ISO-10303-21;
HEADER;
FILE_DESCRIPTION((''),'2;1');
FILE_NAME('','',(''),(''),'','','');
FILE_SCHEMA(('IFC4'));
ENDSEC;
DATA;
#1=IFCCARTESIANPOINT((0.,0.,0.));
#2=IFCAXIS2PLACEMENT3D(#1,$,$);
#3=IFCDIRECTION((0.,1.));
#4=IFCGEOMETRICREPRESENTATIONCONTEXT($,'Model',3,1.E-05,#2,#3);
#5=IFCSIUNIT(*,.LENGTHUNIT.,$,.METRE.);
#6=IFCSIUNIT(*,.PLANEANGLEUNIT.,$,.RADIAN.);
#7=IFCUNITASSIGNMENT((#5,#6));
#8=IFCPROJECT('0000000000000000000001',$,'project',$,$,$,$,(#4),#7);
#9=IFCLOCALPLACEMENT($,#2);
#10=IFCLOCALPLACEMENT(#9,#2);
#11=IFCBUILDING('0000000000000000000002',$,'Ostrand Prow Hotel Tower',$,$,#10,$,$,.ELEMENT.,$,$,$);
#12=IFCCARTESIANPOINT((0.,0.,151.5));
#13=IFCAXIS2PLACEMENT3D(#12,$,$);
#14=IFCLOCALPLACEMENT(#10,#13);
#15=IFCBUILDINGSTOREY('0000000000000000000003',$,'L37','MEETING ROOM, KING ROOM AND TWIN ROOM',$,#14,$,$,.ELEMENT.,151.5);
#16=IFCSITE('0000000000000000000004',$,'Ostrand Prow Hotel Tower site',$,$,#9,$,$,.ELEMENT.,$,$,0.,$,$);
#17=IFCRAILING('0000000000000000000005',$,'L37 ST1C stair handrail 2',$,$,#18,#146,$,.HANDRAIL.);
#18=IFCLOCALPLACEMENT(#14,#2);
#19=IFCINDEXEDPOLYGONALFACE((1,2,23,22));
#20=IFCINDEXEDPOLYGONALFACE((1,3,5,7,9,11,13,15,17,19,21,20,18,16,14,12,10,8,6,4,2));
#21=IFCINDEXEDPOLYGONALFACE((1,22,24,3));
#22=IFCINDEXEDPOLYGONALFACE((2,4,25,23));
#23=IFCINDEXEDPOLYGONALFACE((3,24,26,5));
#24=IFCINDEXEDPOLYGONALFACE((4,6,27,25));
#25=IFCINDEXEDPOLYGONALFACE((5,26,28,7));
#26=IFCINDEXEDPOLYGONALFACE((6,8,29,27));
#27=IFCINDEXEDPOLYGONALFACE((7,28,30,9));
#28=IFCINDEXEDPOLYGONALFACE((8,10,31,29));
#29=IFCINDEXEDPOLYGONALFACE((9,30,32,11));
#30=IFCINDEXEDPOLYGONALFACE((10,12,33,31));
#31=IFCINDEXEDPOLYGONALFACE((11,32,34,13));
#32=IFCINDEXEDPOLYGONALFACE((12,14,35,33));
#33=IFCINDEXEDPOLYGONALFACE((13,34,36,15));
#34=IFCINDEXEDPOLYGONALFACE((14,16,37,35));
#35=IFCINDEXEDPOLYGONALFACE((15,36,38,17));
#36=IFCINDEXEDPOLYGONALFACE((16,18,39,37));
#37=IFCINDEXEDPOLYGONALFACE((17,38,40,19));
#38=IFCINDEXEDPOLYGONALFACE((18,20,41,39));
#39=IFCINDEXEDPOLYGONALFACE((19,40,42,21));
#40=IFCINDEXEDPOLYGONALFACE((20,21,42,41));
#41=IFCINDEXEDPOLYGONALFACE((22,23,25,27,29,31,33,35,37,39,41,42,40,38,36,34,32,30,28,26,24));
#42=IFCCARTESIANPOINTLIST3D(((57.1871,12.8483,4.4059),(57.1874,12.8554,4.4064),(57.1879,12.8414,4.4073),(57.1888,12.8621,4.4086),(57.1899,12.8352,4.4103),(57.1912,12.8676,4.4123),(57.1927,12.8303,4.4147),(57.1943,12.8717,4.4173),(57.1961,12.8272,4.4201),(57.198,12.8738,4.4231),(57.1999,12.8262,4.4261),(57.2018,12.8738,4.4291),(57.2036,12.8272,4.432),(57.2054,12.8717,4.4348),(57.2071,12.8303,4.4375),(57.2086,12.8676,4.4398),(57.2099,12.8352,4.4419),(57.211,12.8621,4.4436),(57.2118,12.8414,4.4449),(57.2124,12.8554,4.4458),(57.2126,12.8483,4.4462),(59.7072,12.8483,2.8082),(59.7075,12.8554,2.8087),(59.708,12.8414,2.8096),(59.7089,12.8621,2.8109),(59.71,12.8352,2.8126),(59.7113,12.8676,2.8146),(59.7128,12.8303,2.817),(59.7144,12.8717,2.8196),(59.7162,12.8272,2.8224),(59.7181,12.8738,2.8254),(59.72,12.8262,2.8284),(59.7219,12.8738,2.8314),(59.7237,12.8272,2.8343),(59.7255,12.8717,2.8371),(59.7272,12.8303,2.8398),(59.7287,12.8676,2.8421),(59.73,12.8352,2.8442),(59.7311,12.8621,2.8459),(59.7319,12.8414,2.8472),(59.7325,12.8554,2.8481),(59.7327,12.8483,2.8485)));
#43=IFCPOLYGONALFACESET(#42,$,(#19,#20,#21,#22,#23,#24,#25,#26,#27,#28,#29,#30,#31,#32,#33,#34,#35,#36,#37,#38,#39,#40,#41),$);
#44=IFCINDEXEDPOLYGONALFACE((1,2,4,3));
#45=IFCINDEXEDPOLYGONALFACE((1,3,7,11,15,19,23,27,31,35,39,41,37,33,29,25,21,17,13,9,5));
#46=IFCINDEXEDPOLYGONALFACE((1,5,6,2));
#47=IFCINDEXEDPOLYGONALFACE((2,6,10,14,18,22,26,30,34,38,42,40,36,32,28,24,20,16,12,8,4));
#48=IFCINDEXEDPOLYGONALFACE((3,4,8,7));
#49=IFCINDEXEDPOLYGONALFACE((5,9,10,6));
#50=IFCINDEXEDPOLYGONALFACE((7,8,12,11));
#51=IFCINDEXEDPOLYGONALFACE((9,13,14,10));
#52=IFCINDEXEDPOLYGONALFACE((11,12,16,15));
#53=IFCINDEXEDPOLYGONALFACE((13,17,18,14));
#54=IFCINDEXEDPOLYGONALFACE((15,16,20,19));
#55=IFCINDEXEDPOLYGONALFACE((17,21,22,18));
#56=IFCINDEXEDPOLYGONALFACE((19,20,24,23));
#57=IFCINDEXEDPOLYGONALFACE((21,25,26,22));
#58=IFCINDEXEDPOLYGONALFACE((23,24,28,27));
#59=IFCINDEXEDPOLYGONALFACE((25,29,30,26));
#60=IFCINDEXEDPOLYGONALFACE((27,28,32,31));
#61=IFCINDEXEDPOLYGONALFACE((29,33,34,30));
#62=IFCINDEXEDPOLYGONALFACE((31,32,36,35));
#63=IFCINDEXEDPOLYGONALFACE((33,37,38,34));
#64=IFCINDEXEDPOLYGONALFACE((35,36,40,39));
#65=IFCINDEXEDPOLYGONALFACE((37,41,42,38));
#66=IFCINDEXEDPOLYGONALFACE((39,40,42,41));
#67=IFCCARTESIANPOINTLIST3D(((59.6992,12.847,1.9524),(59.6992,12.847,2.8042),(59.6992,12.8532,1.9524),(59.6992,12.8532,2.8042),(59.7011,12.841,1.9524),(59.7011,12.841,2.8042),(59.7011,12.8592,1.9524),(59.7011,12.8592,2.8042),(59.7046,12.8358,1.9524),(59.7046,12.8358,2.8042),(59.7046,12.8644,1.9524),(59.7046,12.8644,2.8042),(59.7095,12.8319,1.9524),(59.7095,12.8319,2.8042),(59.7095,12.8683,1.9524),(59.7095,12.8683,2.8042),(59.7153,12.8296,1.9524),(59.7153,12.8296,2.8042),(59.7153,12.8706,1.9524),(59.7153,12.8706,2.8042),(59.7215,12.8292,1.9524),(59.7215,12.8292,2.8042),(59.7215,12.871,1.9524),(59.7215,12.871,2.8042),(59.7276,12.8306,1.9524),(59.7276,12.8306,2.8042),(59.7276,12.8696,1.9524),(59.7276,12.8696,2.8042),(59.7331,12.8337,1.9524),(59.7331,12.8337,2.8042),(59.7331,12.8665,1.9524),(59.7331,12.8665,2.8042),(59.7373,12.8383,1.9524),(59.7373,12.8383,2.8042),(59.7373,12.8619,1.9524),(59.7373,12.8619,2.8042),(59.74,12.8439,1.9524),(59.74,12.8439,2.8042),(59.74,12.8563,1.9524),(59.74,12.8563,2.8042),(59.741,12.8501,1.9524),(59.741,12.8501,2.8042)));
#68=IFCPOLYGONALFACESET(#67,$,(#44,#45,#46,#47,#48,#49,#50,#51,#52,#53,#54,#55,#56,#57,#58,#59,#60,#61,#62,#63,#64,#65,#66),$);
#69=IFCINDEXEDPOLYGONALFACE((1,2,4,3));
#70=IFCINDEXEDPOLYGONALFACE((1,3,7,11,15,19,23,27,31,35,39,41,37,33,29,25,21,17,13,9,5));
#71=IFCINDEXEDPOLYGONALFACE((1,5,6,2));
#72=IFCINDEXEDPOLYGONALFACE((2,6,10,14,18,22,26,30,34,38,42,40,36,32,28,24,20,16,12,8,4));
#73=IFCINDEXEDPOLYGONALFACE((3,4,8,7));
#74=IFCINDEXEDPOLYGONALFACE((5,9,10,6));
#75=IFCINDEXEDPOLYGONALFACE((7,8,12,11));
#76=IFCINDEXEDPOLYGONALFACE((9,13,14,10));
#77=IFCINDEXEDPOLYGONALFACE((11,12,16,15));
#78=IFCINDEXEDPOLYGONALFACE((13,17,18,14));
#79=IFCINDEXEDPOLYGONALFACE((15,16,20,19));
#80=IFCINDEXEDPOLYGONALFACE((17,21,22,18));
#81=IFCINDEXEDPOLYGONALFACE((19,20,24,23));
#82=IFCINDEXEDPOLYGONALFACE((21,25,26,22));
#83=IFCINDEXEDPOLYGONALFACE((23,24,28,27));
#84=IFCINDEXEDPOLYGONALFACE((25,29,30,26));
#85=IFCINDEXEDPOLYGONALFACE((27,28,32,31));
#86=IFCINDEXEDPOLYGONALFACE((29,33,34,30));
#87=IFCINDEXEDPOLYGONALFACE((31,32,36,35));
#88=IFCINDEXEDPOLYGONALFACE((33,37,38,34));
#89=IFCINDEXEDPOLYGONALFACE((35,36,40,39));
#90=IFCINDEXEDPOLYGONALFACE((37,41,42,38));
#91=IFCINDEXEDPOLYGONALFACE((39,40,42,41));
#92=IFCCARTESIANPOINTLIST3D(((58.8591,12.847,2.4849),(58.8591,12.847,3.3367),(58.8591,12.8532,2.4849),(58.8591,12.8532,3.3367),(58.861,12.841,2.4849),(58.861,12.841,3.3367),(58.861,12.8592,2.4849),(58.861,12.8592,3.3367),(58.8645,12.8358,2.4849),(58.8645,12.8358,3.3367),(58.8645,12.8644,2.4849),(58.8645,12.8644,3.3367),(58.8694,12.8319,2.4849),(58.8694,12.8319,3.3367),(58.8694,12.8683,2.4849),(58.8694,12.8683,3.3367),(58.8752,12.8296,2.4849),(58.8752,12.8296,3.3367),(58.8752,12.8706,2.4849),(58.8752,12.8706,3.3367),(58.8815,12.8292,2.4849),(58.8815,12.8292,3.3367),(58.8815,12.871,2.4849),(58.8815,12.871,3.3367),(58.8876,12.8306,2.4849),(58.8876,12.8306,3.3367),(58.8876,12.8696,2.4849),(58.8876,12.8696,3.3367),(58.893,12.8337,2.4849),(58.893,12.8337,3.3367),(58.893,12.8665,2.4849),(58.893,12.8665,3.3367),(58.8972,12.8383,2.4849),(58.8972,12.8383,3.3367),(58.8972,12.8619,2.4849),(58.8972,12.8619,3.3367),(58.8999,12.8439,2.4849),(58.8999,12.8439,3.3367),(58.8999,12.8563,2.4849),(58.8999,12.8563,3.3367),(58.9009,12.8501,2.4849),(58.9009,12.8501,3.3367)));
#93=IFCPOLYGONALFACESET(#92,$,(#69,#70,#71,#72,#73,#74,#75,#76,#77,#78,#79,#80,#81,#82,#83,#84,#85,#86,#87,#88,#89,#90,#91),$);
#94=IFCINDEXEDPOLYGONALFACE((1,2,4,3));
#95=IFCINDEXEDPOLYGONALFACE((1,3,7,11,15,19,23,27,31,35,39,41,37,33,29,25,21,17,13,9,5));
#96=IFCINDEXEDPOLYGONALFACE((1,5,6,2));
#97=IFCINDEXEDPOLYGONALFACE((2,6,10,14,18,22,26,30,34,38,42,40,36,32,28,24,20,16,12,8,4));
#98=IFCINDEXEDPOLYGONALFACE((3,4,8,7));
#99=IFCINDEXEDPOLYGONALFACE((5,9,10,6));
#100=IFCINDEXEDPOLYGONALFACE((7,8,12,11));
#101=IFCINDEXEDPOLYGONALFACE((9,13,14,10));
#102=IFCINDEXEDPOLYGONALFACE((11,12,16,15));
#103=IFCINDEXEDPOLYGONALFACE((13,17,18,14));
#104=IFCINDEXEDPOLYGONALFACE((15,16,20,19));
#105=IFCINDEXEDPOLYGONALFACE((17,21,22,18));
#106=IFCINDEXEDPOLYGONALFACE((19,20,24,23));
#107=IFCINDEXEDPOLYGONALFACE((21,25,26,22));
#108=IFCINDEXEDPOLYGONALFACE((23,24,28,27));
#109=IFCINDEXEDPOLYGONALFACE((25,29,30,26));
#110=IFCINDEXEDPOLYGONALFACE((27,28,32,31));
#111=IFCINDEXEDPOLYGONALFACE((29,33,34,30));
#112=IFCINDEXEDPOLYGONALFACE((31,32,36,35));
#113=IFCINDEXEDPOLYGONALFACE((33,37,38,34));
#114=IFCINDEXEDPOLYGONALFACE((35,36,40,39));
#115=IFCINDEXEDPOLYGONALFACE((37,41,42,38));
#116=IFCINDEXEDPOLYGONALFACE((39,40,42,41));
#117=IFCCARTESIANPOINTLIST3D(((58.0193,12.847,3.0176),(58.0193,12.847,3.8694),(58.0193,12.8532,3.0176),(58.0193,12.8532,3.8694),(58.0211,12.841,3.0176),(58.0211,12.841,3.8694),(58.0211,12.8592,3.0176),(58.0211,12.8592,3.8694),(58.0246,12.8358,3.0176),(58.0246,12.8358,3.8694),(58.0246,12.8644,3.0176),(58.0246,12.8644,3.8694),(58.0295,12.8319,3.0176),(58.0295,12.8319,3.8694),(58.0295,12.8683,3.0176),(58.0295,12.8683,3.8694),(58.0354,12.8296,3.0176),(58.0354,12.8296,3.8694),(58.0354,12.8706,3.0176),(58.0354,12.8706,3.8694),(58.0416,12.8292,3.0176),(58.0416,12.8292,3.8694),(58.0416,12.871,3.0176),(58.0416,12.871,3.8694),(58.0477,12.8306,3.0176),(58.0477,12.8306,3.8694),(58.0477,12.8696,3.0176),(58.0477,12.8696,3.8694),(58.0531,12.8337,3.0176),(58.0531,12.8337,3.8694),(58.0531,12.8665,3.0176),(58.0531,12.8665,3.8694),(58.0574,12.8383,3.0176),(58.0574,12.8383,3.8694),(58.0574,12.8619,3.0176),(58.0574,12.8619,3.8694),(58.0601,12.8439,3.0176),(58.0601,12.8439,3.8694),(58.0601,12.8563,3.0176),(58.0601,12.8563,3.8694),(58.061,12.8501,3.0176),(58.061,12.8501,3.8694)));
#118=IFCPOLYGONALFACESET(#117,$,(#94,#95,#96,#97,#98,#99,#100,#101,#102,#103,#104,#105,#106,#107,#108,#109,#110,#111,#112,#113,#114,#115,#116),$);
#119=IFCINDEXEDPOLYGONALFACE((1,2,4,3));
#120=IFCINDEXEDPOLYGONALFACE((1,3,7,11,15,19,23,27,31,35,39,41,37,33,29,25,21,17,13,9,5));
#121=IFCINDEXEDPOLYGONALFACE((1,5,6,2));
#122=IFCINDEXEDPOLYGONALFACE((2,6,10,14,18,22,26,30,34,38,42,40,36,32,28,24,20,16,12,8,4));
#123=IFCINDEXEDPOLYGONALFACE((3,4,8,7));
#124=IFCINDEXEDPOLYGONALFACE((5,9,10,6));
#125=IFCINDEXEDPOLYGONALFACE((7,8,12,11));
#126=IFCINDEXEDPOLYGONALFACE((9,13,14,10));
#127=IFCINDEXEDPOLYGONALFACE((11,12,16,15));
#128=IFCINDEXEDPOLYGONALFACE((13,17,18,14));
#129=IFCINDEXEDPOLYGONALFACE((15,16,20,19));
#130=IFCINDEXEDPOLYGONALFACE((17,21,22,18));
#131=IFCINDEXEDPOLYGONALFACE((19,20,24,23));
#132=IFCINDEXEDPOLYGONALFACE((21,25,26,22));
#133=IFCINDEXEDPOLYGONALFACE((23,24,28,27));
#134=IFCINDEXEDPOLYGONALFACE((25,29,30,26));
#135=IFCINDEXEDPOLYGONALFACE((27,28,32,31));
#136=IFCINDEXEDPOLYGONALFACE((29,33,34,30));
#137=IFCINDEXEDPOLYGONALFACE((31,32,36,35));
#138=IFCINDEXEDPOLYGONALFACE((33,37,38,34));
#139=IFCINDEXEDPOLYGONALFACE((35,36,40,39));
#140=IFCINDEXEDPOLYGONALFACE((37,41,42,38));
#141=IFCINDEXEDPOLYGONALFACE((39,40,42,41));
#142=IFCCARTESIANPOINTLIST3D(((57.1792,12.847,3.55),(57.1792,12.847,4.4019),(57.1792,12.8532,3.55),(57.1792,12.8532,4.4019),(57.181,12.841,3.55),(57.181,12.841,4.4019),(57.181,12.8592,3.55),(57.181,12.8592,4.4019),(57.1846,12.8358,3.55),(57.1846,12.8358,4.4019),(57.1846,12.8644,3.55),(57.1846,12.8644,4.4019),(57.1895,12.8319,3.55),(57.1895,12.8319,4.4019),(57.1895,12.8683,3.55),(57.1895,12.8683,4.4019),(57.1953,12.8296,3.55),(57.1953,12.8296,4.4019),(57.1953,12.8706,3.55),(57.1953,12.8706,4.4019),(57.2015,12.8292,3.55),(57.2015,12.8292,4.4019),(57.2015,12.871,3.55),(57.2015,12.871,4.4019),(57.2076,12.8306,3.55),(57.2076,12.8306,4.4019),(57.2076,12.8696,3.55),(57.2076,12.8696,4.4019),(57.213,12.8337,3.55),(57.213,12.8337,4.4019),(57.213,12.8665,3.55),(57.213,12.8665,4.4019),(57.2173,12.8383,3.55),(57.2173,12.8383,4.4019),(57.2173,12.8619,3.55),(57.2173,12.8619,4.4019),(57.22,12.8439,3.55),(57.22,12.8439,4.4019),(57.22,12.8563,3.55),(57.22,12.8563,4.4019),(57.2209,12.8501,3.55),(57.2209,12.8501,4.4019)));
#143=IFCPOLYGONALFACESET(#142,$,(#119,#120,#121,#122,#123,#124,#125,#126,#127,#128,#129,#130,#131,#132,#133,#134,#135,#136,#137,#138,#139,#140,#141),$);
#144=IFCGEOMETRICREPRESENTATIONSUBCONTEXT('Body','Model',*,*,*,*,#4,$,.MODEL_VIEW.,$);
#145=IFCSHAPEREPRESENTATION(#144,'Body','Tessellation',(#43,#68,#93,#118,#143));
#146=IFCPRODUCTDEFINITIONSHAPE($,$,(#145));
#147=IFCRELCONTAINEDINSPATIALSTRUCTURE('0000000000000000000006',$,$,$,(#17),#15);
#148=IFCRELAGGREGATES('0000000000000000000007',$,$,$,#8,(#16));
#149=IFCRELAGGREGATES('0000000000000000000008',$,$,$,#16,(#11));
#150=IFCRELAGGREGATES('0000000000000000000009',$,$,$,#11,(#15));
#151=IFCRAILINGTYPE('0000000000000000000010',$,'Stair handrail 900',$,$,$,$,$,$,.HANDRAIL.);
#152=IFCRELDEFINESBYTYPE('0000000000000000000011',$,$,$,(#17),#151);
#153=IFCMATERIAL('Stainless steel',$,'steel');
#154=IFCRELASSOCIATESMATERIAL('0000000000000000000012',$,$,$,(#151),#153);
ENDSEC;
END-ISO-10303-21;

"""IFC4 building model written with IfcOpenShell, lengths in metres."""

from ifc_helpers import new_model, si_unit, direction, frame, origin, origin_2d, place, context, subcontext, project, spatial, circle, extrude, material, type_object, element, save


model = new_model("IFC4")

# Units and contexts
model_context = context("Model", 3, precision=1e-05, world=origin(), true_north=direction((0.0, 1.0)))
body_context = subcontext(model_context, "Body", "Model", "MODEL_VIEW")
ifc_project = project(units=[si_unit("LENGTHUNIT", "METRE"), si_unit("PLANEANGLEUNIT", "RADIAN")], contexts=[model_context])

# Site, building, storey
site_placement = place(None, origin())
site = spatial("IfcSite", under=ifc_project, at=site_placement, Name="Ostrand Prow Hotel Tower site", CompositionType="ELEMENT", RefElevation=0.0)
building_placement = place(site_placement, origin())
building = spatial("IfcBuilding", under=site, at=building_placement, Name="Ostrand Prow Hotel Tower", CompositionType="ELEMENT")
storey_placement = place(building_placement, frame((0.0, 0.0, 151.5)))
storey = spatial("IfcBuildingStorey", under=building, at=storey_placement, Name="L37", Description="MEETING ROOM, KING ROOM AND TWIN ROOM", CompositionType="ELEMENT", Elevation=151.5)

# Railing
ifc_material_1 = material(Name="Stainless steel", Category="steel")
railing_type_1 = type_object("IfcRailingType", Name="Stair handrail 900", PredefinedType="HANDRAIL", material=ifc_material_1)
railing_1_placement = place(storey_placement, frame((59.72, 12.8501, 1.9524)))
element("IfcRailing", 1, at=railing_1_placement, inside=storey, type_object=railing_type_1, Name="L37 ST1C stair handrail 2", PredefinedType="HANDRAIL", context=body_context, shape_type="SweptSolid", body=[
    extrude(circle(Radius=0.0239, at=origin_2d()), frame((0.0, 0.0, 0.876), z_axis=(-0.84457, 0.0, 0.535445), x_axis=(0.0, -1.0, 0.0)), (0.0, 0.0, 1.0), 2.9839),
    extrude(circle(Radius=0.021, at=origin_2d()), origin(), (0.0, 0.0, 1.0), 0.8518),
    extrude(circle(Radius=0.021, at=origin_2d()), frame((-0.8401, 0.0, 0.5325)), (0.0, 0.0, 1.0), 0.8518),
    extrude(circle(Radius=0.021, at=origin_2d()), frame((-1.6799, 0.0, 1.0652)), (0.0, 0.0, 1.0), 0.8518),
    extrude(circle(Radius=0.021, at=origin_2d()), frame((-2.52, 0.0, 1.5977)), (0.0, 0.0, 1.0), 0.8518),
])

save(model, "model.ifc")
